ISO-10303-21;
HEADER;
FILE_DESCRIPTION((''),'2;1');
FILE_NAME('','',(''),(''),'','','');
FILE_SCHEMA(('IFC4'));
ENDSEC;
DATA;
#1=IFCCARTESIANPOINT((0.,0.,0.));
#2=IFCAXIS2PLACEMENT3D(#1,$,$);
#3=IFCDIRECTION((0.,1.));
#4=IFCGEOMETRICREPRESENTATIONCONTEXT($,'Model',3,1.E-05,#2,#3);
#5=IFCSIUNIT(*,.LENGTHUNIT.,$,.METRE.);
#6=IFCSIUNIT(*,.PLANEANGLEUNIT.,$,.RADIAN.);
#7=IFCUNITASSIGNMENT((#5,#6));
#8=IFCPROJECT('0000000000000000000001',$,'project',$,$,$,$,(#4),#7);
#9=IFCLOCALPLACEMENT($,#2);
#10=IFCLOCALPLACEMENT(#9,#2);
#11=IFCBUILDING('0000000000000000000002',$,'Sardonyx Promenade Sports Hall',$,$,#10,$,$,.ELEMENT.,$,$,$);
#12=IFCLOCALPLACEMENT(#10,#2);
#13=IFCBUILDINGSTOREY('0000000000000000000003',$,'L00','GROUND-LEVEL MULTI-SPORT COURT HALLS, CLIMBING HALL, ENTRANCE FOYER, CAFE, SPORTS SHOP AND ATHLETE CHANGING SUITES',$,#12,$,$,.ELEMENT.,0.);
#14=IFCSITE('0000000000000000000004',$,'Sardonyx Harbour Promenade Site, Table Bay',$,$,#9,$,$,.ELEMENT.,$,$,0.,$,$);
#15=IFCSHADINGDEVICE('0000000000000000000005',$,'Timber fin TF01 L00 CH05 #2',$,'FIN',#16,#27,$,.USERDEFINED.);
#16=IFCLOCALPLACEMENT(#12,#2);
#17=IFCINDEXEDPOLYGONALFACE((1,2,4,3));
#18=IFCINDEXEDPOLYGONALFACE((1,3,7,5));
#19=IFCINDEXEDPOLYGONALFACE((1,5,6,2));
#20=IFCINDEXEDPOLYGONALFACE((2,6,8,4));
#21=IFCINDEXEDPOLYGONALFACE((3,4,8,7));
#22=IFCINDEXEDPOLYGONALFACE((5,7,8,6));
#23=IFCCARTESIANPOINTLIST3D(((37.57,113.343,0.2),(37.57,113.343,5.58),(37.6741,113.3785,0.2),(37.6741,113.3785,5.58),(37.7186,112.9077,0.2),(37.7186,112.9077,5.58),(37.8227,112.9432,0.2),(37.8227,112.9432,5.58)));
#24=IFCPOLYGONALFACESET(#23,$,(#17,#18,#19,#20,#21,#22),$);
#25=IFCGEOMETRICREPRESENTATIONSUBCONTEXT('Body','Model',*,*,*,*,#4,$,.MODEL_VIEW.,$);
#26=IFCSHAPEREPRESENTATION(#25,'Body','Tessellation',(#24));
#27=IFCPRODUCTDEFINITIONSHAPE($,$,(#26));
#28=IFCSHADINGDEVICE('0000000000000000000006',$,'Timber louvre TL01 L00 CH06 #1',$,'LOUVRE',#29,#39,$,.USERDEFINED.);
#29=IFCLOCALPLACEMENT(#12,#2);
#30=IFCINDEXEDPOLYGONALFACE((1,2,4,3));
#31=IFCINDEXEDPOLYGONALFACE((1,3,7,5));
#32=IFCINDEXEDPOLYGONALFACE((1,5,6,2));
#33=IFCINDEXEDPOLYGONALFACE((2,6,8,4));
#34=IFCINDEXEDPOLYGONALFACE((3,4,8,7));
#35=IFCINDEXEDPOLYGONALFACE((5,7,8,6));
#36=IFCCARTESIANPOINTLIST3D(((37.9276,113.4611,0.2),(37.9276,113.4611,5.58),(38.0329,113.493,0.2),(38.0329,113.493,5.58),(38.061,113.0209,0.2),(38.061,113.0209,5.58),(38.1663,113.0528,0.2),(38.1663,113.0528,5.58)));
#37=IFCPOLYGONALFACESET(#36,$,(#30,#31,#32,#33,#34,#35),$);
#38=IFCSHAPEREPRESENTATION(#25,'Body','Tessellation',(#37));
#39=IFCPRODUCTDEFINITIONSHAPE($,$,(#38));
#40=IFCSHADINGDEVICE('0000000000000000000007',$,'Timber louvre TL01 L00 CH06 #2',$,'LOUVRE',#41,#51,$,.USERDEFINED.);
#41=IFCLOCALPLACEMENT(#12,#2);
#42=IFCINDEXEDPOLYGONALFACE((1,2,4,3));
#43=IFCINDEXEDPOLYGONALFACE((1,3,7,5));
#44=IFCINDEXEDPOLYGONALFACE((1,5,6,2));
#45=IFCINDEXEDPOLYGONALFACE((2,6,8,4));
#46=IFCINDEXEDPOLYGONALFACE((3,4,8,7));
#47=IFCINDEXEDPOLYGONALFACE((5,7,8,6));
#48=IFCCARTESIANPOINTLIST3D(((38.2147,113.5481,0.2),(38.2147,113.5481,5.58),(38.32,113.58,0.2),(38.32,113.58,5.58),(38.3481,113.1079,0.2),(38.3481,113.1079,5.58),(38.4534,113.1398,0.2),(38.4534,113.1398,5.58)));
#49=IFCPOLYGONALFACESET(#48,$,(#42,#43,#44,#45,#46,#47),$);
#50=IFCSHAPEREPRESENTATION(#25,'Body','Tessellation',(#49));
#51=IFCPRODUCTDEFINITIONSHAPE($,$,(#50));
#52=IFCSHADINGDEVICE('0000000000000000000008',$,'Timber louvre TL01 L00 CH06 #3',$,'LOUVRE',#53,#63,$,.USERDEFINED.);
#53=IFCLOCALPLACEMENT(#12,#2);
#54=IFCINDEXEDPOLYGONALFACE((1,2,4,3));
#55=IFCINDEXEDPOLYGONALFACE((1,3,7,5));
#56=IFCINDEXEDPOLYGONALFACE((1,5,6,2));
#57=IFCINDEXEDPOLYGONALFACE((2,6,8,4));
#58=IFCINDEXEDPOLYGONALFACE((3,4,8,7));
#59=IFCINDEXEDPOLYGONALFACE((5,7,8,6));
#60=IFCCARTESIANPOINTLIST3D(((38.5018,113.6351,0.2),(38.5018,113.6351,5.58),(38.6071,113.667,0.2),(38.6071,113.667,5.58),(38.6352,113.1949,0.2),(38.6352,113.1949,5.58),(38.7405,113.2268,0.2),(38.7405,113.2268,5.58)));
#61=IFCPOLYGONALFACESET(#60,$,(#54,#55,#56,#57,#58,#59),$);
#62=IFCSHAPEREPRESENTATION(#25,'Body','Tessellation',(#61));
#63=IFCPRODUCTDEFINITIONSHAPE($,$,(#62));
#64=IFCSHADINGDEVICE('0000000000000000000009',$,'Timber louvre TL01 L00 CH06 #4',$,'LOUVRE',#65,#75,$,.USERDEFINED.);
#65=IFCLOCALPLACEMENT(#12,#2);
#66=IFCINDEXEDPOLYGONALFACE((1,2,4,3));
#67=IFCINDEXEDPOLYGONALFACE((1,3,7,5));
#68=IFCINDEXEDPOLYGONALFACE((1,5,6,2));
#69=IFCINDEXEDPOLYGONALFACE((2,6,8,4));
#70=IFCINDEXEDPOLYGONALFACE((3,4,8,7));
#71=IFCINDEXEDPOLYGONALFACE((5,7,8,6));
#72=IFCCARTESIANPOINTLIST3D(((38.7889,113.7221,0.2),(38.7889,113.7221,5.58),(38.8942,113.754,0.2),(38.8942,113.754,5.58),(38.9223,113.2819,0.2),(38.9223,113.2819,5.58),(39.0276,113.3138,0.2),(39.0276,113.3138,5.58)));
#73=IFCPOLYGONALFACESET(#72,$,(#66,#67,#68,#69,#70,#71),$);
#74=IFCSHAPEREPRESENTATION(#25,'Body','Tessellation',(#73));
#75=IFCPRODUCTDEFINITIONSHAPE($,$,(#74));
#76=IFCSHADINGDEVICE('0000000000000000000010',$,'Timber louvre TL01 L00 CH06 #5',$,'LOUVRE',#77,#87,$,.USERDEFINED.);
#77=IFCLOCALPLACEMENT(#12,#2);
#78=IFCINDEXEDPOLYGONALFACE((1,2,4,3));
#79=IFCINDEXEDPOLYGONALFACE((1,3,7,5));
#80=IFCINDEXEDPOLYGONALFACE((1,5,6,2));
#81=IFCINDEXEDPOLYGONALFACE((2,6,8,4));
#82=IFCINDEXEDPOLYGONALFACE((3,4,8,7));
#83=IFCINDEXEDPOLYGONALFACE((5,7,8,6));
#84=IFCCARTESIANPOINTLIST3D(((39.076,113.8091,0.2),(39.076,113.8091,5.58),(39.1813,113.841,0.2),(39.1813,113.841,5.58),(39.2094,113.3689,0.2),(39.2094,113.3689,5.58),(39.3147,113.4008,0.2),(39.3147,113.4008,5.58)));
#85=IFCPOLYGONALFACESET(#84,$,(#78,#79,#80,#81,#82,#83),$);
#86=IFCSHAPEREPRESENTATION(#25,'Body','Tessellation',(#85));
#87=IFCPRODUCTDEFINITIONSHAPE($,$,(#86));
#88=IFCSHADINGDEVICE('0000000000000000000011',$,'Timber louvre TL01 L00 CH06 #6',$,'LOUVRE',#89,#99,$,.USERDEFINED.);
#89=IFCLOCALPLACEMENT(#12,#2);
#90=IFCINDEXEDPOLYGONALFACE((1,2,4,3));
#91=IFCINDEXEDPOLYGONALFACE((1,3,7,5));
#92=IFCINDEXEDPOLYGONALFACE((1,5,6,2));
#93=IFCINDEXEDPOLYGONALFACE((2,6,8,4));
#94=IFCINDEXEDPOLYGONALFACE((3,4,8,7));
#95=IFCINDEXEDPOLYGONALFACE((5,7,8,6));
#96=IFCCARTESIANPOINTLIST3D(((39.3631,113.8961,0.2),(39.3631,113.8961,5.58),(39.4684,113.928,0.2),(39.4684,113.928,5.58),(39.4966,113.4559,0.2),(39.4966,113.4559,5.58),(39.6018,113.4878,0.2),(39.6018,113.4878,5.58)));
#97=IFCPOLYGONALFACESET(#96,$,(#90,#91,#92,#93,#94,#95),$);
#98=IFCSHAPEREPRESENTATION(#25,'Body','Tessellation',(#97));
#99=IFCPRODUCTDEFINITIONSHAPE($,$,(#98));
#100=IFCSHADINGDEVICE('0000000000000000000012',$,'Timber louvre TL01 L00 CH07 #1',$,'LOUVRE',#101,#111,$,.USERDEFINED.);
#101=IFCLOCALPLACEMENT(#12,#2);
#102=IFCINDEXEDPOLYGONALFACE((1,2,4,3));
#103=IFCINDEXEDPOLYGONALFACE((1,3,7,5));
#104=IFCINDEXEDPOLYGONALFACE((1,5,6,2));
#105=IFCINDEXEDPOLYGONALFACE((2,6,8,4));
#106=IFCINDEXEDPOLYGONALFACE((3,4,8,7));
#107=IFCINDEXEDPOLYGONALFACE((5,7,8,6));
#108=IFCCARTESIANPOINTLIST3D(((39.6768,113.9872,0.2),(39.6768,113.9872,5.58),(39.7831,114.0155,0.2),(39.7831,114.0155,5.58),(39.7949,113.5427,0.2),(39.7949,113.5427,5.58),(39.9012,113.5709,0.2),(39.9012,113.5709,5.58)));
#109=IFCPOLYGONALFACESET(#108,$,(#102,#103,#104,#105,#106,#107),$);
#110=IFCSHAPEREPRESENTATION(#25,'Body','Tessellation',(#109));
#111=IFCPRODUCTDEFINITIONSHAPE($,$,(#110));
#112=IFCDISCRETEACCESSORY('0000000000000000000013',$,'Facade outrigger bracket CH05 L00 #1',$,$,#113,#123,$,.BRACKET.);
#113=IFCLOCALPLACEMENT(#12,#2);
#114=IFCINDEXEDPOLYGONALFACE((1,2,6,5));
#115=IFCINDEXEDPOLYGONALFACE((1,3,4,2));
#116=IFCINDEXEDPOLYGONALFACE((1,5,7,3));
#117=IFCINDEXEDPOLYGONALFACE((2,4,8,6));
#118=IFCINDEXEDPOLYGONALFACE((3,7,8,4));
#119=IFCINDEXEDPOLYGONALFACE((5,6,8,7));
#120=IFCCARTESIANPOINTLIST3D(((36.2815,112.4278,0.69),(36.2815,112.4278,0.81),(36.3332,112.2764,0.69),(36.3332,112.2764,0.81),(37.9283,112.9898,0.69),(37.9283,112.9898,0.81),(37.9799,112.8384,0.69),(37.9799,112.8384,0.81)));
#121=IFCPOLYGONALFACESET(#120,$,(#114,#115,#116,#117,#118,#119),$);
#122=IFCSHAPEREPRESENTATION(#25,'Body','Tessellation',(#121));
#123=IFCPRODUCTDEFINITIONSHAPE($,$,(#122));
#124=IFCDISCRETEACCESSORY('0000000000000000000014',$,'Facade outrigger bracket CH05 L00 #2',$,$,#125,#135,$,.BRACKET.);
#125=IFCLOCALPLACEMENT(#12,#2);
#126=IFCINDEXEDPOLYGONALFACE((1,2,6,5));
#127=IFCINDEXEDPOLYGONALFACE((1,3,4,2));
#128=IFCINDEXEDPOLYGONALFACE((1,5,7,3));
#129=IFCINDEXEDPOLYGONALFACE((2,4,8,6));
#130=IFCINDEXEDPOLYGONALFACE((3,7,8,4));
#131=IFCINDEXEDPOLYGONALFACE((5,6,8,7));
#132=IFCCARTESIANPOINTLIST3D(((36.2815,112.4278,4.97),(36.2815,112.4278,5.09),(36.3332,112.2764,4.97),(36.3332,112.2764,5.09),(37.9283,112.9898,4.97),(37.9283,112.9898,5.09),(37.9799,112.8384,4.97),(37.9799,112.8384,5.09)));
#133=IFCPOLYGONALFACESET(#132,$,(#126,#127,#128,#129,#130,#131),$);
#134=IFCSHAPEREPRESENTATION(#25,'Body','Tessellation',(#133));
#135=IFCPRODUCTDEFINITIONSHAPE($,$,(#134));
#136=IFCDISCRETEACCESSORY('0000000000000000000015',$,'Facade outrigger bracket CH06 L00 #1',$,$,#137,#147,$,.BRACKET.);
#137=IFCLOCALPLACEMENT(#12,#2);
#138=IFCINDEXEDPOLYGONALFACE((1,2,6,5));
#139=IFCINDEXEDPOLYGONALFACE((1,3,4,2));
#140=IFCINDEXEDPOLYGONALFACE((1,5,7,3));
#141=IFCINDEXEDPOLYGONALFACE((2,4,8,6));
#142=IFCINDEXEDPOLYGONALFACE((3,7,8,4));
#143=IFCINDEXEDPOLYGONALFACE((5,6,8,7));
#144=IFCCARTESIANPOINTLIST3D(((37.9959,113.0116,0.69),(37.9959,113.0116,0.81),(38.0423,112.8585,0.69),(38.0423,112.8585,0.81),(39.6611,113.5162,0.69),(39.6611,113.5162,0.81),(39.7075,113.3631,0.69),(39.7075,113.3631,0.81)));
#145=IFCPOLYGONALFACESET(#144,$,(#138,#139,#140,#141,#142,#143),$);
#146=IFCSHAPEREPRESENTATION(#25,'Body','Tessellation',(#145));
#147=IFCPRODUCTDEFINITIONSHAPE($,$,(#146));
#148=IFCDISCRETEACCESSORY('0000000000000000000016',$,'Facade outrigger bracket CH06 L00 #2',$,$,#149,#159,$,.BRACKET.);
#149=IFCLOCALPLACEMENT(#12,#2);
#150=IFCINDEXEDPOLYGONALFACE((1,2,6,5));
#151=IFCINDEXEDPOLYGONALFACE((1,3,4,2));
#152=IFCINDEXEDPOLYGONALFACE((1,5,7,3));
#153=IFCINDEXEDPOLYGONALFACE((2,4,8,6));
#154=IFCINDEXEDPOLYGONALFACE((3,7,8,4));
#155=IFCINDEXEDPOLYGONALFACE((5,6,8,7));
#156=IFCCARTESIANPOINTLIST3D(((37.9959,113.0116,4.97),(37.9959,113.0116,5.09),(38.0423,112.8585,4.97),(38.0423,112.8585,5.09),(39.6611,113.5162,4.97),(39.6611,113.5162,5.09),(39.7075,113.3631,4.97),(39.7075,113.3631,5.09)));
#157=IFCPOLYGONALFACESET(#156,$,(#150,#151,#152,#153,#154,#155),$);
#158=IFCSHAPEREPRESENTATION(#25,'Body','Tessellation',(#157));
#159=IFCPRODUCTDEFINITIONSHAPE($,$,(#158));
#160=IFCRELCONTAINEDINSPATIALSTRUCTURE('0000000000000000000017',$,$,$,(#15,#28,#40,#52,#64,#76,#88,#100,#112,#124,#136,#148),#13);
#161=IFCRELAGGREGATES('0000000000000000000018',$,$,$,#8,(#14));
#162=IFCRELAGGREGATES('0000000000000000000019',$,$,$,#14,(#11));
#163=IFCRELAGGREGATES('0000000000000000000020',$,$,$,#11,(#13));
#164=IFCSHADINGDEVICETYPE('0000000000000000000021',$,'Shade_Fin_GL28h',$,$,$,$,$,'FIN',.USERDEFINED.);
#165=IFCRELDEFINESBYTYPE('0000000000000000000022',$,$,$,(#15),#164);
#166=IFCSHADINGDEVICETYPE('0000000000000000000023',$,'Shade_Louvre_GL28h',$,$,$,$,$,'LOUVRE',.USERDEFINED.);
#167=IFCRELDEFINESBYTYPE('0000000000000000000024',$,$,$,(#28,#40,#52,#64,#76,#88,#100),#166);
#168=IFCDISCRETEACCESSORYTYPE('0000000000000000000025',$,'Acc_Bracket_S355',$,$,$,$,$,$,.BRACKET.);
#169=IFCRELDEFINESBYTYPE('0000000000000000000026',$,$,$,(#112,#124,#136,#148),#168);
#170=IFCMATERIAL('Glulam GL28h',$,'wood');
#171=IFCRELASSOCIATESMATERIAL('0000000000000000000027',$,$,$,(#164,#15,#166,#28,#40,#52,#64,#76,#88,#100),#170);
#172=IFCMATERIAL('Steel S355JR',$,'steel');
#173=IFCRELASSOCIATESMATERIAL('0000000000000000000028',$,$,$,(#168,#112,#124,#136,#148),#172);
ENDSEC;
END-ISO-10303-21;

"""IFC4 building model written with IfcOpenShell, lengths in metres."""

from ifc_helpers import new_model, si_unit, direction, frame, origin, place, context, subcontext, project, spatial, rectangle, extrude, material, type_object, element, save


model = new_model("IFC4")

# Units and contexts
model_context = context("Model", 3, precision=1e-05, world=origin(), true_north=direction((0.0, 1.0)))
body_context = subcontext(model_context, "Body", "Model", "MODEL_VIEW")
ifc_project = project(units=[si_unit("LENGTHUNIT", "METRE"), si_unit("PLANEANGLEUNIT", "RADIAN")], contexts=[model_context])

# Site, building, storey
site_placement = place(None, origin())
site = spatial("IfcSite", under=ifc_project, at=site_placement, Name="Sardonyx Harbour Promenade Site, Table Bay", CompositionType="ELEMENT", RefElevation=0.0)
building_placement = place(site_placement, origin())
building = spatial("IfcBuilding", under=site, at=building_placement, Name="Sardonyx Promenade Sports Hall", CompositionType="ELEMENT")
storey_placement = place(building_placement, origin())
storey = spatial("IfcBuildingStorey", under=building, at=storey_placement, Name="L00", Description="GROUND-LEVEL MULTI-SPORT COURT HALLS, CLIMBING HALL, ENTRANCE FOYER, CAFE, SPORTS SHOP AND ATHLETE CHANGING SUITES", CompositionType="ELEMENT", Elevation=0.0)

# Shading devices
ifc_material_1 = material(Name="Glulam GL28h", Category="wood")
shading_device_type_1 = type_object("IfcShadingDeviceType", Name="Shade_Fin_GL28h", ElementType="FIN", PredefinedType="USERDEFINED", material=ifc_material_1)
shading_device_placement = place(storey_placement, frame((37.6963, 113.1431, 0.2), z_axis=(0.0, 0.0, 1.0), x_axis=(0.946411, 0.322966, 0.0)))
element("IfcShadingDevice", 1, at=shading_device_placement, inside=storey, type_object=shading_device_type_1, material=ifc_material_1, Name="Timber fin TF01 L00 CH05 #2", ObjectType="FIN", PredefinedType="USERDEFINED", context=body_context, shape_type="SweptSolid", body=[
    extrude(rectangle(XDim=0.11, YDim=0.46), origin(), (0.0, 0.0, 1.0), 5.38),
])
shading_device_type_2 = type_object("IfcShadingDeviceType", Name="Shade_Louvre_GL28h", ElementType="LOUVRE", PredefinedType="USERDEFINED", material=ifc_material_1)
for number, where, z_axis, x_axis, name in (
    (2, (38.047, 113.2569, 0.2), (0.0, 0.0, 1.0), (0.957021, 0.290017, 0.0), "Timber louvre TL01 L00 CH06 #1"),
    (3, (38.3341, 113.3439, 0.2), (0.0, 0.0, 1.0), (0.957021, 0.290017, 0.0), "Timber louvre TL01 L00 CH06 #2"),
    (4, (38.6212, 113.4309, 0.2), (0.0, 0.0, 1.0), (0.957021, 0.290017, 0.0), "Timber louvre TL01 L00 CH06 #3"),
    (5, (38.9083, 113.5179, 0.2), (0.0, 0.0, 1.0), (0.957021, 0.290017, 0.0), "Timber louvre TL01 L00 CH06 #4"),
    (6, (39.1954, 113.605, 0.2), (0.0, 0.0, 1.0), (0.957021, 0.290017, 0.0), "Timber louvre TL01 L00 CH06 #5"),
    (7, (39.4825, 113.692, 0.2), (0.0, 0.0, 1.0), (0.957021, 0.290017, 0.0), "Timber louvre TL01 L00 CH06 #6"),
    (8, (39.789, 113.7791, 0.2), (0.0, 0.0, 1.0), (0.966485, 0.256721, 0.0), "Timber louvre TL01 L00 CH07 #1"),
):
    element("IfcShadingDevice", number, at=place(storey_placement, frame(where, z_axis=z_axis, x_axis=x_axis)), inside=storey, type_object=shading_device_type_2, material=ifc_material_1, Name=name, ObjectType="LOUVRE", PredefinedType="USERDEFINED", context=body_context, shape_type="SweptSolid", body=[
        extrude(rectangle(XDim=0.11, YDim=0.46), origin(), (0.0, 0.0, 1.0), 5.38),
    ])

# Discrete accessories
ifc_material_2 = material(Name="Steel S355JR", Category="steel")
discrete_accessory_type = type_object("IfcDiscreteAccessoryType", Name="Acc_Bracket_S355", PredefinedType="BRACKET", material=ifc_material_2)
for number, where, z_axis, x_axis, name in (
    (9, (37.1307, 112.6331, 0.69), (0.0, 0.0, 1.0), (0.946411, 0.322966, 0.0), "Facade outrigger bracket CH05 L00 #1"),
    (10, (37.1307, 112.6331, 4.97), (0.0, 0.0, 1.0), (0.946411, 0.322966, 0.0), "Facade outrigger bracket CH05 L00 #2"),
    (11, (38.8517, 113.1873, 0.69), (0.0, 0.0, 1.0), (0.957021, 0.290017, 0.0), "Facade outrigger bracket CH06 L00 #1"),
    (12, (38.8517, 113.1873, 4.97), (0.0, 0.0, 1.0), (0.957021, 0.290017, 0.0), "Facade outrigger bracket CH06 L00 #2"),
):
    element("IfcDiscreteAccessory", number, at=place(storey_placement, frame(where, z_axis=z_axis, x_axis=x_axis)), inside=storey, type_object=discrete_accessory_type, material=ifc_material_2, Name=name, PredefinedType="BRACKET", context=body_context, shape_type="SweptSolid", body=[
        extrude(rectangle(XDim=1.74, YDim=0.16), origin(), (0.0, 0.0, 1.0), 0.12),
    ])

save(model, "model.ifc")
